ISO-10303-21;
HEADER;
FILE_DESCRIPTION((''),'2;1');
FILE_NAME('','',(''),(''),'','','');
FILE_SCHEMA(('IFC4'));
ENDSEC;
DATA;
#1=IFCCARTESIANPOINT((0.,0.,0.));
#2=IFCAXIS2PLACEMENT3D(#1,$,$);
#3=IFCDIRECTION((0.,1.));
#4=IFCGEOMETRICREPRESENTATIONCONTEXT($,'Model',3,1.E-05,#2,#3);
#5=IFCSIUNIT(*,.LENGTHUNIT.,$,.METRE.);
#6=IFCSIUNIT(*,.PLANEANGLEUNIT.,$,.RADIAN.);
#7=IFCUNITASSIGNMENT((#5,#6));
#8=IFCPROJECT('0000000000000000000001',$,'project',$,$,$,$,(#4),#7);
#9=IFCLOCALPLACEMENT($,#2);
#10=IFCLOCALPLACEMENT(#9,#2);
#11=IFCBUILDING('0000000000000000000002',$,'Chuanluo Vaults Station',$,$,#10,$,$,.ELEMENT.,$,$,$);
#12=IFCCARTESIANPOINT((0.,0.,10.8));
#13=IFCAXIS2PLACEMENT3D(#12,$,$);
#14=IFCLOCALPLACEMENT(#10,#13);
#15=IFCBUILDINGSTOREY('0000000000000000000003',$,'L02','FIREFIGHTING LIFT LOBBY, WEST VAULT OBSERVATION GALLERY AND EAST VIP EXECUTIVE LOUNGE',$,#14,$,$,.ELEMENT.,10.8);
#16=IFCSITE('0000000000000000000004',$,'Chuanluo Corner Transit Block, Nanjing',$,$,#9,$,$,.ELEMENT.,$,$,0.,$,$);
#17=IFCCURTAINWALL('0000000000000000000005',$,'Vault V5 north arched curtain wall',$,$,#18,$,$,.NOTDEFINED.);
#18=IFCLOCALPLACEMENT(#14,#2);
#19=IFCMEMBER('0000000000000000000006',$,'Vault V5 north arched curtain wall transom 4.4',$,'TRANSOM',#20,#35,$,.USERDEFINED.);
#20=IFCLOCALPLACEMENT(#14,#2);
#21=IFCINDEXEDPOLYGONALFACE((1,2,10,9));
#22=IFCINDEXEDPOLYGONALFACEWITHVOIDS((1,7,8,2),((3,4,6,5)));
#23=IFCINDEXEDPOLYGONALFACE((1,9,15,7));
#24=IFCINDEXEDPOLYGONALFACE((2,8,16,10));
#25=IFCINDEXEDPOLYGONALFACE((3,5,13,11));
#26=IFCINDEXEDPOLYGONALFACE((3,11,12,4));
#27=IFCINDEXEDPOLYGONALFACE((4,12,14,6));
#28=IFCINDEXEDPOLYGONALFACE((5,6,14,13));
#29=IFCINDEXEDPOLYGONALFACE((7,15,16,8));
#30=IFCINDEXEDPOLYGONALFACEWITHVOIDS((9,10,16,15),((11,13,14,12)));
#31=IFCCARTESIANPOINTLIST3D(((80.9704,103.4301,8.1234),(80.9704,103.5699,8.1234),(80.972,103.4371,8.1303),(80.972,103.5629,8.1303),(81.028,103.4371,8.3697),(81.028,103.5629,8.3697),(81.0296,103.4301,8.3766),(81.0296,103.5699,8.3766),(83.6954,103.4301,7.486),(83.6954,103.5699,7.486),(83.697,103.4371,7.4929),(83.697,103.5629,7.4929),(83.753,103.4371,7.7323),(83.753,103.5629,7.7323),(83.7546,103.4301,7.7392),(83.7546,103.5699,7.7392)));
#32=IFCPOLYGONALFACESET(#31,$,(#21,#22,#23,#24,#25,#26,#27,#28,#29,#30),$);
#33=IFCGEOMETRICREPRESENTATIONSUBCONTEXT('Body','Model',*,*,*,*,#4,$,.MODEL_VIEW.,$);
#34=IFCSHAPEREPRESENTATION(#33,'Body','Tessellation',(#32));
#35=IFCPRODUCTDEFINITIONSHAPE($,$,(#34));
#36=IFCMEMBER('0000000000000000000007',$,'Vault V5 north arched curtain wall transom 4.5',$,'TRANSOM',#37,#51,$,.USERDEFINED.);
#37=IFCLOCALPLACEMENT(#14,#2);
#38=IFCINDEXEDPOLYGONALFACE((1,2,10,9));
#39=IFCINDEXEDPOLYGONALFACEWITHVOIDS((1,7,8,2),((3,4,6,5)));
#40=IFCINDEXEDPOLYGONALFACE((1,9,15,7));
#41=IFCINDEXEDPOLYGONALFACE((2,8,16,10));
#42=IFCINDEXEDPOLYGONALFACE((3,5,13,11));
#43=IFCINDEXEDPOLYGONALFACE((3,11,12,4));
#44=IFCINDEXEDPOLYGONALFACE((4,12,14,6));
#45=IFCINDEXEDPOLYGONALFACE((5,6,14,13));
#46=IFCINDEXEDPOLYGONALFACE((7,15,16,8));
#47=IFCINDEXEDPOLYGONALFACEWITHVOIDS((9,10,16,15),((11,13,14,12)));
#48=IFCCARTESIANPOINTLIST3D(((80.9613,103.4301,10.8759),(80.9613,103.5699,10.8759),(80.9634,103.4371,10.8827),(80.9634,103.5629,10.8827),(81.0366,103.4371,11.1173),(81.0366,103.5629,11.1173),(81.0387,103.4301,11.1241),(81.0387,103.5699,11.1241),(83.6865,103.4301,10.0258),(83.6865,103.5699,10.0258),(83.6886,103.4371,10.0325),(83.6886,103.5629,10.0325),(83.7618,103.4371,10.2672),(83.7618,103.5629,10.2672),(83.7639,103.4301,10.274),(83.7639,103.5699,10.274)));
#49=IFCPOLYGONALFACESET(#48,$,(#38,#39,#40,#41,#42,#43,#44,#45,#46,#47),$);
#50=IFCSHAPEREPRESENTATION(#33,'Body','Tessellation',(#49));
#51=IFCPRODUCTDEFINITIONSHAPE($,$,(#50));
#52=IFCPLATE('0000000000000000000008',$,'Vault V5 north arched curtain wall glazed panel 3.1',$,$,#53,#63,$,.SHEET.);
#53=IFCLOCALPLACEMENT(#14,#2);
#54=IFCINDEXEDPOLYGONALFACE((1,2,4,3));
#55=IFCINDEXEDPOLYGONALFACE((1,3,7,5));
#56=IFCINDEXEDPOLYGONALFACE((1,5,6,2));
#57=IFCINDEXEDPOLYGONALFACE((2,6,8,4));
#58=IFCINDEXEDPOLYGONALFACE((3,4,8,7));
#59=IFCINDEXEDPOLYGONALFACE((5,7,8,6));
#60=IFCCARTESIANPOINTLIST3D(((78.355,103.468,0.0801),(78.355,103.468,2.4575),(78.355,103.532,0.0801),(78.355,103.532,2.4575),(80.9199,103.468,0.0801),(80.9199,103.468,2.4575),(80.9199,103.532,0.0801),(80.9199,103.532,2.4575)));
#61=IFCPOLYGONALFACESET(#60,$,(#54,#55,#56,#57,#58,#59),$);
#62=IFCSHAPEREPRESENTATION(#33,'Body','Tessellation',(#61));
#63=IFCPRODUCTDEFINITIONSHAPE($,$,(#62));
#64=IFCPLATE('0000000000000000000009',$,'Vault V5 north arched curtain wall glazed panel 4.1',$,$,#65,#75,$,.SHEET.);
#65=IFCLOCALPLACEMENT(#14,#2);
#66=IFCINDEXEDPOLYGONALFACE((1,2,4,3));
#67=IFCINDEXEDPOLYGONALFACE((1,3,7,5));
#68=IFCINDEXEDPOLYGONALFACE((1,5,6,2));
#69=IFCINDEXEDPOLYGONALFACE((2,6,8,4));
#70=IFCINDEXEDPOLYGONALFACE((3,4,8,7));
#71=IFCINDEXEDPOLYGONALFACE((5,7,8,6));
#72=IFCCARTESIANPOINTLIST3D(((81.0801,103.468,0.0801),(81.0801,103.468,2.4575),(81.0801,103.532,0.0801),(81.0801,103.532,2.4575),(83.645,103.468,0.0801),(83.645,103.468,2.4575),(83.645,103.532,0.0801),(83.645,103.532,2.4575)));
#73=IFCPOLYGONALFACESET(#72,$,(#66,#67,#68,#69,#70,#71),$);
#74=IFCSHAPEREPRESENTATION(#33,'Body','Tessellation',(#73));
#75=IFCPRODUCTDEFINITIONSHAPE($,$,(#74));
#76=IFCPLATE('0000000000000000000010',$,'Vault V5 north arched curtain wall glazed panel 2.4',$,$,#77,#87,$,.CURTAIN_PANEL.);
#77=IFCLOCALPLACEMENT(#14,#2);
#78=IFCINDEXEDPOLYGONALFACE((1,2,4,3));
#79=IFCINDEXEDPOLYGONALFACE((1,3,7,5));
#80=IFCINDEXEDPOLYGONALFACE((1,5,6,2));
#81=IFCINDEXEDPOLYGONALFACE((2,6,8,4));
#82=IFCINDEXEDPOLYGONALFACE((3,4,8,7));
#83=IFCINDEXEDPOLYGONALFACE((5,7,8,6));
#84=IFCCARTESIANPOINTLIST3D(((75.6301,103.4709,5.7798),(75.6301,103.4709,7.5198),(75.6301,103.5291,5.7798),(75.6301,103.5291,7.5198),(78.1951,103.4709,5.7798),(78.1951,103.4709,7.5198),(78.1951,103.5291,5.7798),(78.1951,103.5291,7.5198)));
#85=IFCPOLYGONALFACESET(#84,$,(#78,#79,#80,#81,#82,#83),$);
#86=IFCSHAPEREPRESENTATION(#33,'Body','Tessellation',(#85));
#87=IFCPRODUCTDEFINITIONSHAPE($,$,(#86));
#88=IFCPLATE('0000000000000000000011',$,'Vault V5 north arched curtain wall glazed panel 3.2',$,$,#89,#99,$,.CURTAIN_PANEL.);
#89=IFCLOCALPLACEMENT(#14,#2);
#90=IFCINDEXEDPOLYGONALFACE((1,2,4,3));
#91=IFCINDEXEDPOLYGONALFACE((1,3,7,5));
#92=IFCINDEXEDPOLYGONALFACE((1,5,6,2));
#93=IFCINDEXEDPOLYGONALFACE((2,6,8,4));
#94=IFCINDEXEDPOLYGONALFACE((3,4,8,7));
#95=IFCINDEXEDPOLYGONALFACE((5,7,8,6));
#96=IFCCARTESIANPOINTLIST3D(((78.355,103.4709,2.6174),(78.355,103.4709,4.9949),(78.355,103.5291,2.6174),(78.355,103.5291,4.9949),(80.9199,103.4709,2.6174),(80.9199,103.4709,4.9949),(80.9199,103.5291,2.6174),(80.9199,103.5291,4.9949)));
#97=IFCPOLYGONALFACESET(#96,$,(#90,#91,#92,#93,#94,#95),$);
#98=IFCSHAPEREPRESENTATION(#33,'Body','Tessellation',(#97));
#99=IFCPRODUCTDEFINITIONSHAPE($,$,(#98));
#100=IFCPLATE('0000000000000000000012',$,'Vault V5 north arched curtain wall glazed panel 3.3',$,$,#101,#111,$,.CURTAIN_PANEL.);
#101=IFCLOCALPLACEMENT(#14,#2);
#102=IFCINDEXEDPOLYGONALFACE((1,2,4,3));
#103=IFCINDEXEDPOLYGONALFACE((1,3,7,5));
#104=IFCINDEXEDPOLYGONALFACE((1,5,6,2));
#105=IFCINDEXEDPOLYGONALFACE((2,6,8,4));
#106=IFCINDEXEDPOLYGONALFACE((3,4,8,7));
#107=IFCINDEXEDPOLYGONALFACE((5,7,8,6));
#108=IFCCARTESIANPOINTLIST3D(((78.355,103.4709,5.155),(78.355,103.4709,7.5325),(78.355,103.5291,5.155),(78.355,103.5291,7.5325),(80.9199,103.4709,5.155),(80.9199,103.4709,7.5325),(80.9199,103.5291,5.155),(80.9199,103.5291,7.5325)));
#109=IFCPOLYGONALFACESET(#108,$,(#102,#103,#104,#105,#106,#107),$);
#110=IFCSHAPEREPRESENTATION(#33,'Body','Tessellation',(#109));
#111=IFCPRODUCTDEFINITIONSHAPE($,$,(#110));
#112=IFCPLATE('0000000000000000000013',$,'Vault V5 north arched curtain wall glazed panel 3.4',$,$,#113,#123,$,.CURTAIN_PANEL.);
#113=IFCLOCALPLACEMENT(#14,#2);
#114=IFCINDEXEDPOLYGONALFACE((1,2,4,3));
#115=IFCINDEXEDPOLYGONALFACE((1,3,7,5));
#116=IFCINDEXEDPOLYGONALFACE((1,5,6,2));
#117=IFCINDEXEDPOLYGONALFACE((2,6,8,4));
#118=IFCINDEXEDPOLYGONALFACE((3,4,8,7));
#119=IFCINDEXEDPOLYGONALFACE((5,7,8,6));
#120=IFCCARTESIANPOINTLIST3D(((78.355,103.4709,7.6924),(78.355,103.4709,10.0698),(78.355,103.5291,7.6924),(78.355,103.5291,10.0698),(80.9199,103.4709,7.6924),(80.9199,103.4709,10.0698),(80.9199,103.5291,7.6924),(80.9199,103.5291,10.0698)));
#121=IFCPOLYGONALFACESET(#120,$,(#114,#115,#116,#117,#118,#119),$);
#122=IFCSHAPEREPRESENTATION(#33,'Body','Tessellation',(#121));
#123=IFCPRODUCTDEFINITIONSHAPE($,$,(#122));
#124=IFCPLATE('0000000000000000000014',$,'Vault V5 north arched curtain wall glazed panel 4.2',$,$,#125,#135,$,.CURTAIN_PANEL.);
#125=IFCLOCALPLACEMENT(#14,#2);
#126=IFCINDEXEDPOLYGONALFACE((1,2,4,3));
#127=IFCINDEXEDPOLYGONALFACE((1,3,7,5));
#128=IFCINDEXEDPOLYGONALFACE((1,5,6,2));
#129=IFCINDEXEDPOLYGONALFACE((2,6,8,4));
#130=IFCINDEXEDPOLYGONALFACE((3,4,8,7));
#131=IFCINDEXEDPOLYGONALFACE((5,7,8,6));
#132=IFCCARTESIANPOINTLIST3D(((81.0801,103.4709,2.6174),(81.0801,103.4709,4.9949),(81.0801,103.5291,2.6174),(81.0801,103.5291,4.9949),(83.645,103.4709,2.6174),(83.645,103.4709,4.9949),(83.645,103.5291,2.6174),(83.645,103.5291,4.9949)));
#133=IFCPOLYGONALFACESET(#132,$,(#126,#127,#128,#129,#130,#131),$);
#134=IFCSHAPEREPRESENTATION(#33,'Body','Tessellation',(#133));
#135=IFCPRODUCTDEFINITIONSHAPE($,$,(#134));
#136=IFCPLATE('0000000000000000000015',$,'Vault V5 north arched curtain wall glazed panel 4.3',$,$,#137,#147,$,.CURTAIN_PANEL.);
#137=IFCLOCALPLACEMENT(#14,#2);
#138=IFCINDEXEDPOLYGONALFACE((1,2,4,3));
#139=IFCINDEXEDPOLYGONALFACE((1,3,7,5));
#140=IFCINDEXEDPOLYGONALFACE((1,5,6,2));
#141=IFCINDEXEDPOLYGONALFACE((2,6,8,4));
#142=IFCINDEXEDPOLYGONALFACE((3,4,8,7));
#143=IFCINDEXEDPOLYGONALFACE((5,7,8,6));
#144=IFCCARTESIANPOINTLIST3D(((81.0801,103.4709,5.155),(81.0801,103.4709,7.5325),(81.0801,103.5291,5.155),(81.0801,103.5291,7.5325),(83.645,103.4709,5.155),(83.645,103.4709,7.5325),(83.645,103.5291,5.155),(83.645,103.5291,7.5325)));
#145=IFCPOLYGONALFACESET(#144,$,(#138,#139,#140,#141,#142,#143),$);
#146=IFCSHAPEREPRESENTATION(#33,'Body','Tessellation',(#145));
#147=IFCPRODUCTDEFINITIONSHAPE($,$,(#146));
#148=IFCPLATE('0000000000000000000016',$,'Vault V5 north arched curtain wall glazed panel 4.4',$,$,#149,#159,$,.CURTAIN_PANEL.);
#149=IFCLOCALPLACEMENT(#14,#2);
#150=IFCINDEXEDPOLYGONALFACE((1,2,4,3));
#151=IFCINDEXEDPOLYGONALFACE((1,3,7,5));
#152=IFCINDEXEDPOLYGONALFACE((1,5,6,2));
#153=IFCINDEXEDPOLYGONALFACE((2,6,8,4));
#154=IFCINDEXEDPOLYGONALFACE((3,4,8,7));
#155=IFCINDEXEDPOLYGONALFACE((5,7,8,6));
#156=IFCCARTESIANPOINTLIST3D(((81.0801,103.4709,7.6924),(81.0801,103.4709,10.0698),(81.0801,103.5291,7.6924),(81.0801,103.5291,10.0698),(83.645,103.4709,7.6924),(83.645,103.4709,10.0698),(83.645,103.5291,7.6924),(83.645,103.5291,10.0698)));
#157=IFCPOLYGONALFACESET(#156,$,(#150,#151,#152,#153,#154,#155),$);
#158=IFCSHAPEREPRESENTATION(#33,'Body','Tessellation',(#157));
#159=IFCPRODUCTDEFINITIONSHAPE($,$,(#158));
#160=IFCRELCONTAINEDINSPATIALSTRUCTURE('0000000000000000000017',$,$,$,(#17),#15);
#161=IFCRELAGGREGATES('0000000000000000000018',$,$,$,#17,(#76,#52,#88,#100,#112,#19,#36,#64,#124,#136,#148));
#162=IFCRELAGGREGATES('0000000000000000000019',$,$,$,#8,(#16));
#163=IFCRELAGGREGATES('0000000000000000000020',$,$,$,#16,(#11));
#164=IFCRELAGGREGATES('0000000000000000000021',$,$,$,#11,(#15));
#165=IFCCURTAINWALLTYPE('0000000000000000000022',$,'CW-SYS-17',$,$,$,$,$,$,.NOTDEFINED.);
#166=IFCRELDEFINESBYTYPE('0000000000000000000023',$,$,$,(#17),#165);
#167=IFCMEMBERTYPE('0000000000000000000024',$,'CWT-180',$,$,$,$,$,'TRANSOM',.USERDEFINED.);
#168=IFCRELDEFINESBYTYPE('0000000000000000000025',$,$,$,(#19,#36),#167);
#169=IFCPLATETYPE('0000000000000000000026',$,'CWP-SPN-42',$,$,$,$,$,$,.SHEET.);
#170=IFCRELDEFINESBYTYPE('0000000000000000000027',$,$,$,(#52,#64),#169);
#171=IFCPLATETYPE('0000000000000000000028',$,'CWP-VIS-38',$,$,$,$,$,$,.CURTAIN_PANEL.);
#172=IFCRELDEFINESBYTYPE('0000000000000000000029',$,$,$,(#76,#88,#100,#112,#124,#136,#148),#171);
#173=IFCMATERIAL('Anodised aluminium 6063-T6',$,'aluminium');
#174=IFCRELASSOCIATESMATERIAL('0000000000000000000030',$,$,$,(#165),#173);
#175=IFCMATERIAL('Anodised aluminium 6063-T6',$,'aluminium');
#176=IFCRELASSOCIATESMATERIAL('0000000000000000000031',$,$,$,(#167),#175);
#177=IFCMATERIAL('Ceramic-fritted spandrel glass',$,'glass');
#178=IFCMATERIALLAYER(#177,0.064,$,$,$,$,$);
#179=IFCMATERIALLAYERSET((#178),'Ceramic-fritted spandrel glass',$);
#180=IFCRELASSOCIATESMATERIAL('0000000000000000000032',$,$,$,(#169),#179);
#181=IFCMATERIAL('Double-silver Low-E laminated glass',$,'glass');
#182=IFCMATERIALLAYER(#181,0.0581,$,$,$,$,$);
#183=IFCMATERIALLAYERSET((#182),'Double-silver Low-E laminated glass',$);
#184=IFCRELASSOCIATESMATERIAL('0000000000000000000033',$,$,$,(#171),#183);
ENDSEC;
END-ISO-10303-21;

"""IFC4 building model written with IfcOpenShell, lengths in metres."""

from ifc_helpers import new_model, si_unit, direction, frame, origin, origin_2d, place, context, subcontext, project, spatial, rectangle, hollow_rectangle, extrude, material, layer, layer_set, material_profile, profile_set, type_object, element, aggregate, save


model = new_model("IFC4")

# Units and contexts
model_context = context("Model", 3, precision=1e-05, world=origin(), true_north=direction((0.0, 1.0)))
body_context = subcontext(model_context, "Body", "Model", "MODEL_VIEW")
ifc_project = project(units=[si_unit("LENGTHUNIT", "METRE"), si_unit("PLANEANGLEUNIT", "RADIAN")], contexts=[model_context])

# Site, building, storey
site_placement = place(None, origin())
site = spatial("IfcSite", under=ifc_project, at=site_placement, Name="Chuanluo Corner Transit Block, Nanjing", CompositionType="ELEMENT", RefElevation=0.0)
building_placement = place(site_placement, origin())
building = spatial("IfcBuilding", under=site, at=building_placement, Name="Chuanluo Vaults Station", CompositionType="ELEMENT")
storey_placement = place(building_placement, frame((0.0, 0.0, 10.8)))
storey = spatial("IfcBuildingStorey", under=building, at=storey_placement, Name="L02", Description="FIREFIGHTING LIFT LOBBY, WEST VAULT OBSERVATION GALLERY AND EAST VIP EXECUTIVE LOUNGE", CompositionType="ELEMENT", Elevation=10.8)

# Curtain wall, members, plates
ifc_material_1 = material(Name="Anodised aluminium 6063-T6", Category="aluminium")
curtain_wall_type = type_object("IfcCurtainWallType", Name="CW-SYS-17", PredefinedType="NOTDEFINED", material=ifc_material_1)
curtain_wall_placement = place(storey_placement, origin())
curtain_wall = element("IfcCurtainWall", 1, at=curtain_wall_placement, inside=storey, type_object=curtain_wall_type, Name="Vault V5 north arched curtain wall", PredefinedType="NOTDEFINED")
ifc_material_2 = material(Name="Anodised aluminium 6063-T6", Category="aluminium")
ifc_material_profile_1 = material_profile(ifc_material_2, hollow_rectangle(XDim=0.1399, YDim=0.26, WallThickness=0.0071, at=origin_2d()))
ifc_profile_set_1 = profile_set([ifc_material_profile_1], Name="Anodised aluminium 6063-T6")
member_type_1 = type_object("IfcMemberType", Name="CWT-180", ElementType="TRANSOM", PredefinedType="USERDEFINED", material=ifc_profile_set_1)
member_1_placement = place(storey_placement, frame((81.0, 103.5, 8.25), z_axis=(0.973715, 0.0, -0.22777), x_axis=(0.0, 1.0, 0.0)))
member_1 = element("IfcMember", 2, at=member_1_placement, type_object=member_type_1, Name="Vault V5 north arched curtain wall transom 4.4", ObjectType="TRANSOM", PredefinedType="USERDEFINED", context=body_context, shape_type="SweptSolid", body=[
    extrude(hollow_rectangle(XDim=0.1399, YDim=0.26, WallThickness=0.0071, at=origin_2d()), origin(), (0.0, 0.0, 1.0), 2.7986),
])
member_2_placement = place(storey_placement, frame((81.0, 103.5, 11.0), z_axis=(0.954629, 0.0, -0.297798), x_axis=(0.0, 1.0, 0.0)))
member_2 = element("IfcMember", 3, at=member_2_placement, type_object=member_type_1, Name="Vault V5 north arched curtain wall transom 4.5", ObjectType="TRANSOM", PredefinedType="USERDEFINED", context=body_context, shape_type="SweptSolid", body=[
    extrude(hollow_rectangle(XDim=0.1399, YDim=0.26, WallThickness=0.0071, at=origin_2d()), origin(), (0.0, 0.0, 1.0), 2.8547),
])
ifc_material_3 = material(Name="Ceramic-fritted spandrel glass", Category="glass")
ifc_layer_1 = layer(ifc_material_3, 0.064)
ifc_layer_set_1 = layer_set([ifc_layer_1], Name="Ceramic-fritted spandrel glass")
plate_type_1 = type_object("IfcPlateType", Name="CWP-SPN-42", PredefinedType="SHEET", material=ifc_layer_set_1)
plate_1_placement = place(storey_placement, frame((79.6375, 103.5, 0.0801), z_axis=(0.0, 0.0, 1.0), x_axis=(1.0, 0.0, 0.0)))
plate_1 = element("IfcPlate", 4, at=plate_1_placement, type_object=plate_type_1, Name="Vault V5 north arched curtain wall glazed panel 3.1", PredefinedType="SHEET", context=body_context, shape_type="SweptSolid", body=[
    extrude(rectangle(XDim=2.5649, YDim=0.064, at=origin_2d()), origin(), (0.0, 0.0, 1.0), 2.3774),
])
plate_2_placement = place(storey_placement, frame((82.3625, 103.5, 0.0801), z_axis=(0.0, 0.0, 1.0), x_axis=(1.0, 0.0, 0.0)))
plate_2 = element("IfcPlate", 5, at=plate_2_placement, type_object=plate_type_1, Name="Vault V5 north arched curtain wall glazed panel 4.1", PredefinedType="SHEET", context=body_context, shape_type="SweptSolid", body=[
    extrude(rectangle(XDim=2.5649, YDim=0.064, at=origin_2d()), origin(), (0.0, 0.0, 1.0), 2.3774),
])
ifc_material_4 = material(Name="Double-silver Low-E laminated glass", Category="glass")
ifc_layer_2 = layer(ifc_material_4, 0.0581)
ifc_layer_set_2 = layer_set([ifc_layer_2], Name="Double-silver Low-E laminated glass")
plate_type_2 = type_object("IfcPlateType", Name="CWP-VIS-38", PredefinedType="CURTAIN_PANEL", material=ifc_layer_set_2)
plate_3_placement = place(storey_placement, frame((76.9126, 103.5, 5.7798), z_axis=(0.0, 0.0, 1.0), x_axis=(1.0, 0.0, 0.0)))
plate_3 = element("IfcPlate", 6, at=plate_3_placement, type_object=plate_type_2, Name="Vault V5 north arched curtain wall glazed panel 2.4", PredefinedType="CURTAIN_PANEL", context=body_context, shape_type="SweptSolid", body=[
    extrude(rectangle(XDim=2.5649, YDim=0.0581, at=origin_2d()), origin(), (0.0, 0.0, 1.0), 1.74),
])
plate_4_placement = place(storey_placement, frame((79.6375, 103.5, 2.6174), z_axis=(0.0, 0.0, 1.0), x_axis=(1.0, 0.0, 0.0)))
plate_4 = element("IfcPlate", 7, at=plate_4_placement, type_object=plate_type_2, Name="Vault V5 north arched curtain wall glazed panel 3.2", PredefinedType="CURTAIN_PANEL", context=body_context, shape_type="SweptSolid", body=[
    extrude(rectangle(XDim=2.5649, YDim=0.0581, at=origin_2d()), origin(), (0.0, 0.0, 1.0), 2.3774),
])
plate_5_placement = place(storey_placement, frame((79.6375, 103.5, 5.155), z_axis=(0.0, 0.0, 1.0), x_axis=(1.0, 0.0, 0.0)))
plate_5 = element("IfcPlate", 8, at=plate_5_placement, type_object=plate_type_2, Name="Vault V5 north arched curtain wall glazed panel 3.3", PredefinedType="CURTAIN_PANEL", context=body_context, shape_type="SweptSolid", body=[
    extrude(rectangle(XDim=2.5649, YDim=0.0581, at=origin_2d()), origin(), (0.0, 0.0, 1.0), 2.3774),
])
plate_6_placement = place(storey_placement, frame((79.6375, 103.5, 7.6924), z_axis=(0.0, 0.0, 1.0), x_axis=(1.0, 0.0, 0.0)))
plate_6 = element("IfcPlate", 9, at=plate_6_placement, type_object=plate_type_2, Name="Vault V5 north arched curtain wall glazed panel 3.4", PredefinedType="CURTAIN_PANEL", context=body_context, shape_type="SweptSolid", body=[
    extrude(rectangle(XDim=2.5649, YDim=0.0581, at=origin_2d()), origin(), (0.0, 0.0, 1.0), 2.3774),
])
plate_7_placement = place(storey_placement, frame((82.3625, 103.5, 2.6174), z_axis=(0.0, 0.0, 1.0), x_axis=(1.0, 0.0, 0.0)))
plate_7 = element("IfcPlate", 10, at=plate_7_placement, type_object=plate_type_2, Name="Vault V5 north arched curtain wall glazed panel 4.2", PredefinedType="CURTAIN_PANEL", context=body_context, shape_type="SweptSolid", body=[
    extrude(rectangle(XDim=2.5649, YDim=0.0581, at=origin_2d()), origin(), (0.0, 0.0, 1.0), 2.3774),
])
plate_8_placement = place(storey_placement, frame((82.3625, 103.5, 5.155), z_axis=(0.0, 0.0, 1.0), x_axis=(1.0, 0.0, 0.0)))
plate_8 = element("IfcPlate", 11, at=plate_8_placement, type_object=plate_type_2, Name="Vault V5 north arched curtain wall glazed panel 4.3", PredefinedType="CURTAIN_PANEL", context=body_context, shape_type="SweptSolid", body=[
    extrude(rectangle(XDim=2.5649, YDim=0.0581, at=origin_2d()), origin(), (0.0, 0.0, 1.0), 2.3774),
])
plate_9_placement = place(storey_placement, frame((82.3625, 103.5, 7.6924), z_axis=(0.0, 0.0, 1.0), x_axis=(1.0, 0.0, 0.0)))
plate_9 = element("IfcPlate", 12, at=plate_9_placement, type_object=plate_type_2, Name="Vault V5 north arched curtain wall glazed panel 4.4", PredefinedType="CURTAIN_PANEL", context=body_context, shape_type="SweptSolid", body=[
    extrude(rectangle(XDim=2.5649, YDim=0.0581, at=origin_2d()), origin(), (0.0, 0.0, 1.0), 2.3774),
])
aggregate(curtain_wall, [plate_3, plate_1, plate_4, plate_5, plate_6, member_1, member_2, plate_2, plate_7, plate_8, plate_9])

save(model, "model.ifc")
